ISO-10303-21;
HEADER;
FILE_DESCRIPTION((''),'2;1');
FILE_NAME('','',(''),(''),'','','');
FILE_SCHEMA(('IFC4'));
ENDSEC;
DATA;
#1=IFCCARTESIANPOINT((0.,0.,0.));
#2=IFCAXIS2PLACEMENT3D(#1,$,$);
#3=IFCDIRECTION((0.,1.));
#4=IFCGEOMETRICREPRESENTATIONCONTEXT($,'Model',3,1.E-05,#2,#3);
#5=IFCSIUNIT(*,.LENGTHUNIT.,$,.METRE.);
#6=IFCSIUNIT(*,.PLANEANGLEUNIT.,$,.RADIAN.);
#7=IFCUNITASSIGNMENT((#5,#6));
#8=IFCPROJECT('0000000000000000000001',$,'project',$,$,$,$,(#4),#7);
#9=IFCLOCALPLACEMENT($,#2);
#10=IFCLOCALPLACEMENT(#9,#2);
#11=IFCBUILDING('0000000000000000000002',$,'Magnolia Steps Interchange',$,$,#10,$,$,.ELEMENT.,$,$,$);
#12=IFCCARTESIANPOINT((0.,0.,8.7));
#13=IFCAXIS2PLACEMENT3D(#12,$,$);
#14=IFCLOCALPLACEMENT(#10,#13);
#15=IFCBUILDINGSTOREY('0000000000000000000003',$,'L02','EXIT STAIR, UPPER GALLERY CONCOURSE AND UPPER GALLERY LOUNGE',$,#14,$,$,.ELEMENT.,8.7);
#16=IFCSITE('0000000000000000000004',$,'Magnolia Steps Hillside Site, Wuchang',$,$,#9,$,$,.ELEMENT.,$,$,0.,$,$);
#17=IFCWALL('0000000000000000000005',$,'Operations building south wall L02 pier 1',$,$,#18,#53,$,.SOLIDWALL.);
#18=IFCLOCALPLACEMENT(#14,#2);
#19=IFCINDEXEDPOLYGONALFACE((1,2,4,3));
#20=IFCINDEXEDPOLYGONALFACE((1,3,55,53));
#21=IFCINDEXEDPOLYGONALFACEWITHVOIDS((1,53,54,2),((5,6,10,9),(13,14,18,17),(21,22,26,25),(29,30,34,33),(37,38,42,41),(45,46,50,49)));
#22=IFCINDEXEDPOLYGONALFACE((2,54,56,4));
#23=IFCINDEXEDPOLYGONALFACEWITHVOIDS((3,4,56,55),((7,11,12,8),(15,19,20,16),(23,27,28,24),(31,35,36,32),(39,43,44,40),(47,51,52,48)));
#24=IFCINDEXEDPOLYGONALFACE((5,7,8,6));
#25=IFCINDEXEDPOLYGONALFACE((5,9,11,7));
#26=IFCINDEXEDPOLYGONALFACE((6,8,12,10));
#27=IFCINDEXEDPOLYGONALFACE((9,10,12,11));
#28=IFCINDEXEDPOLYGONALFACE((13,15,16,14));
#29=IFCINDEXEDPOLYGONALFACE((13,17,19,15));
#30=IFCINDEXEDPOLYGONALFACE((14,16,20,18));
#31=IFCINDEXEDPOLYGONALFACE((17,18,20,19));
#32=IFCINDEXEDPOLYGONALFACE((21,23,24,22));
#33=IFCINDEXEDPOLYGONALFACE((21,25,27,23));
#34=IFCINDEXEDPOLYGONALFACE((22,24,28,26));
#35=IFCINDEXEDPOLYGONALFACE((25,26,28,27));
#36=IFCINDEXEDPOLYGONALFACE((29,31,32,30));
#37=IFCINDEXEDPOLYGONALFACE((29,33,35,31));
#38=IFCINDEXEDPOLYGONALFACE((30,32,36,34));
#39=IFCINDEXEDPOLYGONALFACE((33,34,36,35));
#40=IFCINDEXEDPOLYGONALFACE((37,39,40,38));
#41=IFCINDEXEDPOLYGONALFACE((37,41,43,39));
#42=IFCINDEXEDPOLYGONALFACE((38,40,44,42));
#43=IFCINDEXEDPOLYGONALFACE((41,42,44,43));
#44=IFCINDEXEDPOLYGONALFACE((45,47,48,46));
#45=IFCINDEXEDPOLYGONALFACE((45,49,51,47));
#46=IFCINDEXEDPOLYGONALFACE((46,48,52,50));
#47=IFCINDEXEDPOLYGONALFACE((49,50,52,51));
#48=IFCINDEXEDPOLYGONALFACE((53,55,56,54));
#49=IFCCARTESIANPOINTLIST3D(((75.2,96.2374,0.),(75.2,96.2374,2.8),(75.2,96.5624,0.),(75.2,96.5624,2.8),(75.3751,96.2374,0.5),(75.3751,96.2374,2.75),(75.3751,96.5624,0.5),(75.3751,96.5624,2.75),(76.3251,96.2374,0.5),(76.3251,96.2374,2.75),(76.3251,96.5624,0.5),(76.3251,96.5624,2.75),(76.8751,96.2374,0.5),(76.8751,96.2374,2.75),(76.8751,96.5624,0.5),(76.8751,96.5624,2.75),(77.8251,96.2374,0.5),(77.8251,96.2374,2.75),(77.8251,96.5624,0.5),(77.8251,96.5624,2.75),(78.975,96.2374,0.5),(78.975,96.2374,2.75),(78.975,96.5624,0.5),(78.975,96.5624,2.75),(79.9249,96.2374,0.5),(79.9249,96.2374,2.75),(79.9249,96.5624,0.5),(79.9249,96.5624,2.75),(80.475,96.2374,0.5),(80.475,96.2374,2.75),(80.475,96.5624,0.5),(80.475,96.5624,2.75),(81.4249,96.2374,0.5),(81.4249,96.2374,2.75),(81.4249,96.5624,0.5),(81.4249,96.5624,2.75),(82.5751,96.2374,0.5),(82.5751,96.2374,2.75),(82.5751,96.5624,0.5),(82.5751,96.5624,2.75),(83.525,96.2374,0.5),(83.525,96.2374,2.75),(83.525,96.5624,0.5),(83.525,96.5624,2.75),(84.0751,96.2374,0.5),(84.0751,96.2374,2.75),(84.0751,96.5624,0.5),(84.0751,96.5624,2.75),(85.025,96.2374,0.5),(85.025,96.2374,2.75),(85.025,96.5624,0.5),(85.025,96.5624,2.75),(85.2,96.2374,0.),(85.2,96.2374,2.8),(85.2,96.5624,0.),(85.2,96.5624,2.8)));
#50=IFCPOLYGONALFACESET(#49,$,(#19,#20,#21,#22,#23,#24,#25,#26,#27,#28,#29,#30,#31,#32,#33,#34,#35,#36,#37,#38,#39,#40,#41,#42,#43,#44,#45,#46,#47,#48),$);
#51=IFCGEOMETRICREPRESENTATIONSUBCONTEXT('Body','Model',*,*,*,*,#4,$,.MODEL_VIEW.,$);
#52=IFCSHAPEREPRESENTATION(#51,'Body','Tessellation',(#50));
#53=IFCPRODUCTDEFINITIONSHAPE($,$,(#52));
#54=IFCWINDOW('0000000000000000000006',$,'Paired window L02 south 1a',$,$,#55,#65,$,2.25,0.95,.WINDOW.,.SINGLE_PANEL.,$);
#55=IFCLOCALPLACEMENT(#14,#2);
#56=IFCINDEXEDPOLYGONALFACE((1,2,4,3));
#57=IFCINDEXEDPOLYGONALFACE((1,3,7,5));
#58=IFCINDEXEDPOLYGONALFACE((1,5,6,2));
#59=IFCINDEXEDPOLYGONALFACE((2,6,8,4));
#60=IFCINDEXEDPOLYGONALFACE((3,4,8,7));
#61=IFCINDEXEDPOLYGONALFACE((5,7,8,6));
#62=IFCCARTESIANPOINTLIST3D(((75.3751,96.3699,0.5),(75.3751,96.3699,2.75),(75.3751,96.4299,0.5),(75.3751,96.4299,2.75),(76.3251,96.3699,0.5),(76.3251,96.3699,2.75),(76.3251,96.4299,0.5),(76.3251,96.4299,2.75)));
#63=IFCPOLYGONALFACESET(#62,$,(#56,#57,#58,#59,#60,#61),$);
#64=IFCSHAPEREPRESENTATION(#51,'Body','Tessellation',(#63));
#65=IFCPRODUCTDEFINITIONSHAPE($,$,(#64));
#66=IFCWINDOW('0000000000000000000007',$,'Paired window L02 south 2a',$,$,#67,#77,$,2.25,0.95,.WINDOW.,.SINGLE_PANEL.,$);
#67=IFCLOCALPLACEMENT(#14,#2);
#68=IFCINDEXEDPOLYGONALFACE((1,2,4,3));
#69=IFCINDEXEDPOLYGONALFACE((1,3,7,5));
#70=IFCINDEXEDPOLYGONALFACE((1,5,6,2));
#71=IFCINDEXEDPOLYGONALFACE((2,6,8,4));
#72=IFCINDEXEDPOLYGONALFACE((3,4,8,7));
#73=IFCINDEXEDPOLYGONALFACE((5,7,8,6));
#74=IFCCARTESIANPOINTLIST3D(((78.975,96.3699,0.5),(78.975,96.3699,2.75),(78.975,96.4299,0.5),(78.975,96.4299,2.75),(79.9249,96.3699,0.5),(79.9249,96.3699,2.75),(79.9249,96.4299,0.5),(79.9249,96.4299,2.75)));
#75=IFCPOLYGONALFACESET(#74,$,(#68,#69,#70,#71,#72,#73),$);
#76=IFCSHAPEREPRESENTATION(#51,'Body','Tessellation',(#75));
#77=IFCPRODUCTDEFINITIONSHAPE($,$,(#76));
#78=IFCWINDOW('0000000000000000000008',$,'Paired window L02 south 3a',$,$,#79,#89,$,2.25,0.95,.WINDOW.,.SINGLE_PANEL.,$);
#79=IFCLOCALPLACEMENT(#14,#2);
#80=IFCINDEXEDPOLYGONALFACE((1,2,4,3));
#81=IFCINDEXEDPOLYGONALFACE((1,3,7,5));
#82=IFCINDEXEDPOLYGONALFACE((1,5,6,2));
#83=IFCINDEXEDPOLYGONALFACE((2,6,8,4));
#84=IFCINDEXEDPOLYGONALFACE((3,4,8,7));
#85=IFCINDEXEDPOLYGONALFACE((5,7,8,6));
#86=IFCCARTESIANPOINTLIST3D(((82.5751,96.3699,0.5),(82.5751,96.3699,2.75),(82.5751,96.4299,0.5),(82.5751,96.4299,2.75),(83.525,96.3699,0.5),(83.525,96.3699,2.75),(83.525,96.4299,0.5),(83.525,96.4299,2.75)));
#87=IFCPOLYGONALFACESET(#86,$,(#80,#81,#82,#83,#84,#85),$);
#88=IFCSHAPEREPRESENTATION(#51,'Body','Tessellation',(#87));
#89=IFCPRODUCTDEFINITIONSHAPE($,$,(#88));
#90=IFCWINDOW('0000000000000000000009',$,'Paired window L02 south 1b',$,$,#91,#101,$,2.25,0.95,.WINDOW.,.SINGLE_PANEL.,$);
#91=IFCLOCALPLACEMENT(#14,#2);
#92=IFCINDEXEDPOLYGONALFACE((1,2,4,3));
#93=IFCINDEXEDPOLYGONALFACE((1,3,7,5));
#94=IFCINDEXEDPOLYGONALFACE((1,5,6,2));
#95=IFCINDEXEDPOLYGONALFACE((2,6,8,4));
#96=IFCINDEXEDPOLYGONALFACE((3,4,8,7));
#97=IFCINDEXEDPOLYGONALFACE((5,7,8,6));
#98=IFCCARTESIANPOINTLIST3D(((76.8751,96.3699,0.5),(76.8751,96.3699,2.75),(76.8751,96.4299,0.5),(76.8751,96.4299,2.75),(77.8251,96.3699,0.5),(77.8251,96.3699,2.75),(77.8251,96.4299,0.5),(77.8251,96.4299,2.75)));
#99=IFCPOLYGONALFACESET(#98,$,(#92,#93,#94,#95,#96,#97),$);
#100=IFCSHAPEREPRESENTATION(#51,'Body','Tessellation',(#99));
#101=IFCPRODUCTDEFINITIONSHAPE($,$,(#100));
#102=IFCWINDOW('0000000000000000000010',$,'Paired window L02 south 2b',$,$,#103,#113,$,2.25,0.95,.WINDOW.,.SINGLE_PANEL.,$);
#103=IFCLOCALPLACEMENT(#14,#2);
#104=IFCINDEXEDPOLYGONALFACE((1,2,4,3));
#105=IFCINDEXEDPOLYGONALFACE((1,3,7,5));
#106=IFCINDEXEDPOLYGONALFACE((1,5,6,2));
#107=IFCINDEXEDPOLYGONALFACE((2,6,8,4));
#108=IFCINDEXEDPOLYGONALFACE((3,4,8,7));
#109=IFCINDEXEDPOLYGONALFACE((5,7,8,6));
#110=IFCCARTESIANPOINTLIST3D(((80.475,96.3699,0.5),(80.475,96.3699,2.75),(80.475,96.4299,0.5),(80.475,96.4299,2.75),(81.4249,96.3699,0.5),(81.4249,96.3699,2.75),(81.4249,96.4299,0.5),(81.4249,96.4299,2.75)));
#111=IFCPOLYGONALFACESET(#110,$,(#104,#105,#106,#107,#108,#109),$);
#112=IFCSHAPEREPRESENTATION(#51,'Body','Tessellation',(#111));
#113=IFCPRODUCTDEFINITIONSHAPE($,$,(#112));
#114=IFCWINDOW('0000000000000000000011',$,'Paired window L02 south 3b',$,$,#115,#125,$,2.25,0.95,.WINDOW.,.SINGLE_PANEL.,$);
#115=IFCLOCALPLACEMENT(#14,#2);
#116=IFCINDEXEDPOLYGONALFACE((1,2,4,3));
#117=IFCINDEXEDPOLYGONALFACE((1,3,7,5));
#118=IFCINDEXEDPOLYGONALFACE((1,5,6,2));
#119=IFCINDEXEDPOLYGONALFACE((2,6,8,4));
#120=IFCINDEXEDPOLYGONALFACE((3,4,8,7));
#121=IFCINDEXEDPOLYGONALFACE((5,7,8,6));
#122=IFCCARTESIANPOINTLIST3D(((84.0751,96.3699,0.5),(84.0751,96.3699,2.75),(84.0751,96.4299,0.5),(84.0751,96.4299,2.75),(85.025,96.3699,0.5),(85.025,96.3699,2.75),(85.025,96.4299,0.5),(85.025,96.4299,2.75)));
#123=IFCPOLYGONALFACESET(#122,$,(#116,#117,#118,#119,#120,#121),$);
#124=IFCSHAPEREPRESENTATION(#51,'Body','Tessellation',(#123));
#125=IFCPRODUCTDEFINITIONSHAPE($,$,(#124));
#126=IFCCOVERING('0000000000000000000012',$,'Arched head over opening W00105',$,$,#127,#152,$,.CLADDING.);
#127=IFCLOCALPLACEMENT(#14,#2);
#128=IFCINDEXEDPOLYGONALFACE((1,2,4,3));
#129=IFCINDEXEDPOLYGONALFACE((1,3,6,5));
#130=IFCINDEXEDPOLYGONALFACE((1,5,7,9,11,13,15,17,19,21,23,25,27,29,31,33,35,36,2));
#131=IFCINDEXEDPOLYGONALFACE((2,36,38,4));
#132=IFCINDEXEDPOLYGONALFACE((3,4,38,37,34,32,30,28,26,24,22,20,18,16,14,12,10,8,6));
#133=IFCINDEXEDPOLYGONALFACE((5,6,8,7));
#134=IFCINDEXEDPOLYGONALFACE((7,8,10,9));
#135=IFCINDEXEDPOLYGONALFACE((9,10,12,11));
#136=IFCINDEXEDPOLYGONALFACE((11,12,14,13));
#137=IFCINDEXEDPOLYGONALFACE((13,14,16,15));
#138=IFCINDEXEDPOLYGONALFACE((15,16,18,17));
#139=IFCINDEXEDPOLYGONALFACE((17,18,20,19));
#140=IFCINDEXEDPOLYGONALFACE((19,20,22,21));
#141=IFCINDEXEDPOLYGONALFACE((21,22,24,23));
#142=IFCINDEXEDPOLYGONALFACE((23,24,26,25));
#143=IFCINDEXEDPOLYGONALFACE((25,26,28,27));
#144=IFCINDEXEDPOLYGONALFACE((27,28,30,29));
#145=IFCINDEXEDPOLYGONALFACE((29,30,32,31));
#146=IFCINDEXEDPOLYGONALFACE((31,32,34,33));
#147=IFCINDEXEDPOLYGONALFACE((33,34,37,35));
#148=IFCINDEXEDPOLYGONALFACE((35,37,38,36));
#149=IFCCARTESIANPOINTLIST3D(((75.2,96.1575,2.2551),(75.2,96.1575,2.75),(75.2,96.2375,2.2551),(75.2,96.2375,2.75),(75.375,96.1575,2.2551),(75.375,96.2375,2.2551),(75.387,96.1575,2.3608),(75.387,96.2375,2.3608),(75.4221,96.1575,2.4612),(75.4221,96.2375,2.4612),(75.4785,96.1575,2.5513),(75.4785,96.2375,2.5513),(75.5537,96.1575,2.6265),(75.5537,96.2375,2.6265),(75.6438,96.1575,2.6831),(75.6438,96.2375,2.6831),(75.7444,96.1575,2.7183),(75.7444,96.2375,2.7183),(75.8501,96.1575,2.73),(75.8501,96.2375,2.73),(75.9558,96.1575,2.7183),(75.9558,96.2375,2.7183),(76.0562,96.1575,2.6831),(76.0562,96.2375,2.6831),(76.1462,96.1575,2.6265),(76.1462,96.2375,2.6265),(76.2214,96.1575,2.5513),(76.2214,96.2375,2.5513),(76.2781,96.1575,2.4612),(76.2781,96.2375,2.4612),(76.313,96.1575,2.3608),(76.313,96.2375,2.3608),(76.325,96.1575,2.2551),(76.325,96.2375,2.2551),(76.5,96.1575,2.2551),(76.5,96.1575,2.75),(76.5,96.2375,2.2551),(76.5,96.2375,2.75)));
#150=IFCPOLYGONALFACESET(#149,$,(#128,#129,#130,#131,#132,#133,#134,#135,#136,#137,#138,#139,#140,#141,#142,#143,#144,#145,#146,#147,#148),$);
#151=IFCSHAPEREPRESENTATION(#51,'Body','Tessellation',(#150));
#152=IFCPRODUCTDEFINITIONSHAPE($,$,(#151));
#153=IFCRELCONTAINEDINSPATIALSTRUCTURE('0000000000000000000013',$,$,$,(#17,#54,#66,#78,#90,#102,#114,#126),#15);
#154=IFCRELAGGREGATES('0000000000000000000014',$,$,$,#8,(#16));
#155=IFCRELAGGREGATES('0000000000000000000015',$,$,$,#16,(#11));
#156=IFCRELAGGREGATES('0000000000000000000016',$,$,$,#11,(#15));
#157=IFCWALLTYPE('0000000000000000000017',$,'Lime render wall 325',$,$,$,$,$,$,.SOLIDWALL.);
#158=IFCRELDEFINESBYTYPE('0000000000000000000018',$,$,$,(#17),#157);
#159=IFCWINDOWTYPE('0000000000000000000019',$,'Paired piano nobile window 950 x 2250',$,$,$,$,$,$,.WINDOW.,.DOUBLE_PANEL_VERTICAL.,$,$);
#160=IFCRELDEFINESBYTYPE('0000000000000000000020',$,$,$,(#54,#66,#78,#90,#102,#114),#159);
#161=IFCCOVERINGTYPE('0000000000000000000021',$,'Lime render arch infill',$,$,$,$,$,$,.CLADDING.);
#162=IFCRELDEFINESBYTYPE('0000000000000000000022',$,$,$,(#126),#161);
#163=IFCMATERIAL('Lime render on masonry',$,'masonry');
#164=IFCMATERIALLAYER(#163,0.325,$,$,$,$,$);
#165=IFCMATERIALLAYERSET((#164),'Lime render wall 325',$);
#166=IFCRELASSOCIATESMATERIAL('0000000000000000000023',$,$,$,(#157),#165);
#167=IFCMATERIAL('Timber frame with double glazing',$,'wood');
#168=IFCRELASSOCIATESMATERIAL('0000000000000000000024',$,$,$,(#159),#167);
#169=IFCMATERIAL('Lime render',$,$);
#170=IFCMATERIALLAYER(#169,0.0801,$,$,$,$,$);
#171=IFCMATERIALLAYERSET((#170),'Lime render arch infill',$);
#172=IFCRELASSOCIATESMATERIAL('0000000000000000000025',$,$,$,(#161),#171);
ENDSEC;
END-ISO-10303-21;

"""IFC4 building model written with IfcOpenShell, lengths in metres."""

from ifc_helpers import new_model, si_unit, direction, frame, frame_2d, origin, place, context, subcontext, project, spatial, polyline, rectangle, outline, extrude, material, layer, layer_set, type_object, element, fill, save


model = new_model("IFC4")

# Units and contexts
model_context = context("Model", 3, precision=1e-05, world=origin(), true_north=direction((0.0, 1.0)))
body_context = subcontext(model_context, "Body", "Model", "MODEL_VIEW")
ifc_project = project(units=[si_unit("LENGTHUNIT", "METRE"), si_unit("PLANEANGLEUNIT", "RADIAN")], contexts=[model_context])

# Site, building, storey
site_placement = place(None, origin())
site = spatial("IfcSite", under=ifc_project, at=site_placement, Name="Magnolia Steps Hillside Site, Wuchang", CompositionType="ELEMENT", RefElevation=0.0)
building_placement = place(site_placement, origin())
building = spatial("IfcBuilding", under=site, at=building_placement, Name="Magnolia Steps Interchange", CompositionType="ELEMENT")
storey_placement = place(building_placement, frame((0.0, 0.0, 8.7)))
storey = spatial("IfcBuildingStorey", under=building, at=storey_placement, Name="L02", Description="EXIT STAIR, UPPER GALLERY CONCOURSE AND UPPER GALLERY LOUNGE", CompositionType="ELEMENT", Elevation=8.7)

# Wall, openings, windows
ifc_material_1 = material(Name="Lime render on masonry", Category="masonry")
ifc_layer_1 = layer(ifc_material_1, 0.325)
ifc_layer_set_1 = layer_set([ifc_layer_1], Name="Lime render wall 325")
wall_type_1 = type_object("IfcWallType", Name="Lime render wall 325", PredefinedType="SOLIDWALL", material=ifc_layer_set_1)
wall_1_placement = place(storey_placement, frame((75.2, 96.3999, 0.0), z_axis=(0.0, 0.0, 1.0), x_axis=(1.0, 0.0, 0.0)))
wall_1 = element("IfcWall", 1, at=wall_1_placement, inside=storey, type_object=wall_type_1, Name="Operations building south wall L02 pier 1", PredefinedType="SOLIDWALL", context=body_context, shape_type="SweptSolid", body=[
    extrude(rectangle(XDim=10.0, YDim=0.325, at=frame_2d((5.0, 0.0))), origin(), (0.0, 0.0, 1.0), 2.8),
])
opening_1_placement = place(wall_1_placement, frame((0.175, 0.0, 0.5)))
opening_1 = element("IfcOpeningElement", 2, at=opening_1_placement, cuts=wall_1, PredefinedType="OPENING", context=body_context, shape_type="SweptSolid", body=[
    extrude(rectangle(XDim=0.95, YDim=2.25, at=frame_2d((0.4751, 1.125))), frame((0.0, 0.1724, 0.0), z_axis=(0.0, -1.0, 0.0), x_axis=(1.0, 0.0, 0.0)), (0.0, 0.0, 1.0), 0.345),
])
opening_2_placement = place(wall_1_placement, frame((3.7749, 0.0, 0.5)))
opening_2 = element("IfcOpeningElement", 3, at=opening_2_placement, cuts=wall_1, PredefinedType="OPENING", context=body_context, shape_type="SweptSolid", body=[
    extrude(rectangle(XDim=0.95, YDim=2.25, at=frame_2d((0.4751, 1.125))), frame((0.0, 0.1724, 0.0), z_axis=(0.0, -1.0, 0.0), x_axis=(1.0, 0.0, 0.0)), (0.0, 0.0, 1.0), 0.345),
])
opening_3_placement = place(wall_1_placement, frame((7.375, 0.0, 0.5)))
opening_3 = element("IfcOpeningElement", 4, at=opening_3_placement, cuts=wall_1, PredefinedType="OPENING", context=body_context, shape_type="SweptSolid", body=[
    extrude(rectangle(XDim=0.95, YDim=2.25, at=frame_2d((0.4751, 1.125))), frame((0.0, 0.1724, 0.0), z_axis=(0.0, -1.0, 0.0), x_axis=(1.0, 0.0, 0.0)), (0.0, 0.0, 1.0), 0.345),
])
opening_4_placement = place(wall_1_placement, frame((1.675, 0.0, 0.5)))
opening_4 = element("IfcOpeningElement", 5, at=opening_4_placement, cuts=wall_1, PredefinedType="OPENING", context=body_context, shape_type="SweptSolid", body=[
    extrude(rectangle(XDim=0.95, YDim=2.25, at=frame_2d((0.4751, 1.125))), frame((0.0, 0.1724, 0.0), z_axis=(0.0, -1.0, 0.0), x_axis=(1.0, 0.0, 0.0)), (0.0, 0.0, 1.0), 0.345),
])
opening_5_placement = place(wall_1_placement, frame((5.2749, 0.0, 0.5)))
opening_5 = element("IfcOpeningElement", 6, at=opening_5_placement, cuts=wall_1, PredefinedType="OPENING", context=body_context, shape_type="SweptSolid", body=[
    extrude(rectangle(XDim=0.95, YDim=2.25, at=frame_2d((0.4751, 1.125))), frame((0.0, 0.1724, 0.0), z_axis=(0.0, -1.0, 0.0), x_axis=(1.0, 0.0, 0.0)), (0.0, 0.0, 1.0), 0.345),
])
opening_6_placement = place(wall_1_placement, frame((8.875, 0.0, 0.5)))
opening_6 = element("IfcOpeningElement", 7, at=opening_6_placement, cuts=wall_1, PredefinedType="OPENING", context=body_context, shape_type="SweptSolid", body=[
    extrude(rectangle(XDim=0.95, YDim=2.25, at=frame_2d((0.4751, 1.125))), frame((0.0, 0.1724, 0.0), z_axis=(0.0, -1.0, 0.0), x_axis=(1.0, 0.0, 0.0)), (0.0, 0.0, 1.0), 0.345),
])
ifc_material_2 = material(Name="Timber frame with double glazing", Category="wood")
window_type = type_object("IfcWindowType", Name="Paired piano nobile window 950 x 2250", PartitioningType="DOUBLE_PANEL_VERTICAL", PredefinedType="WINDOW", material=ifc_material_2)
window_1_placement = place(opening_1_placement, origin())
window_1 = element("IfcWindow", 8, at=window_1_placement, inside=storey, type_object=window_type, Name="Paired window L02 south 1a", OverallHeight=2.25, OverallWidth=0.95, PartitioningType="SINGLE_PANEL", PredefinedType="WINDOW", context=body_context, shape_type="SweptSolid", body=[
    extrude(rectangle(XDim=0.95, YDim=2.25, at=frame_2d((0.4751, 1.125))), frame((0.0, 0.03, 0.0), z_axis=(0.0, -1.0, 0.0), x_axis=(1.0, 0.0, 0.0)), (0.0, 0.0, 1.0), 0.0601),
])
fill(opening_1, window_1)
window_2_placement = place(opening_2_placement, origin())
window_2 = element("IfcWindow", 9, at=window_2_placement, inside=storey, type_object=window_type, Name="Paired window L02 south 2a", OverallHeight=2.25, OverallWidth=0.95, PartitioningType="SINGLE_PANEL", PredefinedType="WINDOW", context=body_context, shape_type="SweptSolid", body=[
    extrude(rectangle(XDim=0.95, YDim=2.25, at=frame_2d((0.4751, 1.125))), frame((0.0, 0.03, 0.0), z_axis=(0.0, -1.0, 0.0), x_axis=(1.0, 0.0, 0.0)), (0.0, 0.0, 1.0), 0.0601),
])
fill(opening_2, window_2)
window_3_placement = place(opening_3_placement, origin())
window_3 = element("IfcWindow", 10, at=window_3_placement, inside=storey, type_object=window_type, Name="Paired window L02 south 3a", OverallHeight=2.25, OverallWidth=0.95, PartitioningType="SINGLE_PANEL", PredefinedType="WINDOW", context=body_context, shape_type="SweptSolid", body=[
    extrude(rectangle(XDim=0.95, YDim=2.25, at=frame_2d((0.4751, 1.125))), frame((0.0, 0.03, 0.0), z_axis=(0.0, -1.0, 0.0), x_axis=(1.0, 0.0, 0.0)), (0.0, 0.0, 1.0), 0.0601),
])
fill(opening_3, window_3)
window_4_placement = place(opening_4_placement, origin())
window_4 = element("IfcWindow", 11, at=window_4_placement, inside=storey, type_object=window_type, Name="Paired window L02 south 1b", OverallHeight=2.25, OverallWidth=0.95, PartitioningType="SINGLE_PANEL", PredefinedType="WINDOW", context=body_context, shape_type="SweptSolid", body=[
    extrude(rectangle(XDim=0.95, YDim=2.25, at=frame_2d((0.4751, 1.125))), frame((0.0, 0.03, 0.0), z_axis=(0.0, -1.0, 0.0), x_axis=(1.0, 0.0, 0.0)), (0.0, 0.0, 1.0), 0.0601),
])
fill(opening_4, window_4)
window_5_placement = place(opening_5_placement, origin())
window_5 = element("IfcWindow", 12, at=window_5_placement, inside=storey, type_object=window_type, Name="Paired window L02 south 2b", OverallHeight=2.25, OverallWidth=0.95, PartitioningType="SINGLE_PANEL", PredefinedType="WINDOW", context=body_context, shape_type="SweptSolid", body=[
    extrude(rectangle(XDim=0.95, YDim=2.25, at=frame_2d((0.4751, 1.125))), frame((0.0, 0.03, 0.0), z_axis=(0.0, -1.0, 0.0), x_axis=(1.0, 0.0, 0.0)), (0.0, 0.0, 1.0), 0.0601),
])
fill(opening_5, window_5)
window_6_placement = place(opening_6_placement, origin())
window_6 = element("IfcWindow", 13, at=window_6_placement, inside=storey, type_object=window_type, Name="Paired window L02 south 3b", OverallHeight=2.25, OverallWidth=0.95, PartitioningType="SINGLE_PANEL", PredefinedType="WINDOW", context=body_context, shape_type="SweptSolid", body=[
    extrude(rectangle(XDim=0.95, YDim=2.25, at=frame_2d((0.4751, 1.125))), frame((0.0, 0.03, 0.0), z_axis=(0.0, -1.0, 0.0), x_axis=(1.0, 0.0, 0.0)), (0.0, 0.0, 1.0), 0.0601),
])
fill(opening_6, window_6)

# Covering
ifc_material_3 = material(Name="Lime render")
ifc_layer_2 = layer(ifc_material_3, 0.0801)
ifc_layer_set_2 = layer_set([ifc_layer_2], Name="Lime render arch infill")
covering_type_1 = type_object("IfcCoveringType", Name="Lime render arch infill", PredefinedType="CLADDING", material=ifc_layer_set_2)
for number, where, z_axis, x_axis, name in (
    (14, (75.2, 96.2375, 2.2551), (0.0, 1.0, 0.0), (0.0, 0.0, 1.0), "Arched head over opening W00105"),
):
    element("IfcCovering", number, at=place(storey_placement, frame(where, z_axis=z_axis, x_axis=x_axis)), inside=storey, type_object=covering_type_1, Name=name, PredefinedType="CLADDING", context=body_context, shape_type="SweptSolid", body=[
        extrude(outline(polyline([(0.0, 0.0), (0.4949, 0.0), (0.4949, 1.3), (0.0, 1.3), (0.0, 1.125), (0.1057, 1.113), (0.2061, 1.0781), (0.2961, 1.0215), (0.3713, 0.9463), (0.428, 0.8562), (0.4631, 0.7559), (0.4749, 0.6501), (0.4631, 0.5444), (0.428, 0.4438), (0.3713, 0.3538), (0.2961, 0.2786), (0.2061, 0.2222), (0.1057, 0.187), (0.0, 0.175), (0.0, 0.0)])), origin(), (0.0, 0.0, -1.0), 0.0801),
    ])

save(model, "model.ifc")
